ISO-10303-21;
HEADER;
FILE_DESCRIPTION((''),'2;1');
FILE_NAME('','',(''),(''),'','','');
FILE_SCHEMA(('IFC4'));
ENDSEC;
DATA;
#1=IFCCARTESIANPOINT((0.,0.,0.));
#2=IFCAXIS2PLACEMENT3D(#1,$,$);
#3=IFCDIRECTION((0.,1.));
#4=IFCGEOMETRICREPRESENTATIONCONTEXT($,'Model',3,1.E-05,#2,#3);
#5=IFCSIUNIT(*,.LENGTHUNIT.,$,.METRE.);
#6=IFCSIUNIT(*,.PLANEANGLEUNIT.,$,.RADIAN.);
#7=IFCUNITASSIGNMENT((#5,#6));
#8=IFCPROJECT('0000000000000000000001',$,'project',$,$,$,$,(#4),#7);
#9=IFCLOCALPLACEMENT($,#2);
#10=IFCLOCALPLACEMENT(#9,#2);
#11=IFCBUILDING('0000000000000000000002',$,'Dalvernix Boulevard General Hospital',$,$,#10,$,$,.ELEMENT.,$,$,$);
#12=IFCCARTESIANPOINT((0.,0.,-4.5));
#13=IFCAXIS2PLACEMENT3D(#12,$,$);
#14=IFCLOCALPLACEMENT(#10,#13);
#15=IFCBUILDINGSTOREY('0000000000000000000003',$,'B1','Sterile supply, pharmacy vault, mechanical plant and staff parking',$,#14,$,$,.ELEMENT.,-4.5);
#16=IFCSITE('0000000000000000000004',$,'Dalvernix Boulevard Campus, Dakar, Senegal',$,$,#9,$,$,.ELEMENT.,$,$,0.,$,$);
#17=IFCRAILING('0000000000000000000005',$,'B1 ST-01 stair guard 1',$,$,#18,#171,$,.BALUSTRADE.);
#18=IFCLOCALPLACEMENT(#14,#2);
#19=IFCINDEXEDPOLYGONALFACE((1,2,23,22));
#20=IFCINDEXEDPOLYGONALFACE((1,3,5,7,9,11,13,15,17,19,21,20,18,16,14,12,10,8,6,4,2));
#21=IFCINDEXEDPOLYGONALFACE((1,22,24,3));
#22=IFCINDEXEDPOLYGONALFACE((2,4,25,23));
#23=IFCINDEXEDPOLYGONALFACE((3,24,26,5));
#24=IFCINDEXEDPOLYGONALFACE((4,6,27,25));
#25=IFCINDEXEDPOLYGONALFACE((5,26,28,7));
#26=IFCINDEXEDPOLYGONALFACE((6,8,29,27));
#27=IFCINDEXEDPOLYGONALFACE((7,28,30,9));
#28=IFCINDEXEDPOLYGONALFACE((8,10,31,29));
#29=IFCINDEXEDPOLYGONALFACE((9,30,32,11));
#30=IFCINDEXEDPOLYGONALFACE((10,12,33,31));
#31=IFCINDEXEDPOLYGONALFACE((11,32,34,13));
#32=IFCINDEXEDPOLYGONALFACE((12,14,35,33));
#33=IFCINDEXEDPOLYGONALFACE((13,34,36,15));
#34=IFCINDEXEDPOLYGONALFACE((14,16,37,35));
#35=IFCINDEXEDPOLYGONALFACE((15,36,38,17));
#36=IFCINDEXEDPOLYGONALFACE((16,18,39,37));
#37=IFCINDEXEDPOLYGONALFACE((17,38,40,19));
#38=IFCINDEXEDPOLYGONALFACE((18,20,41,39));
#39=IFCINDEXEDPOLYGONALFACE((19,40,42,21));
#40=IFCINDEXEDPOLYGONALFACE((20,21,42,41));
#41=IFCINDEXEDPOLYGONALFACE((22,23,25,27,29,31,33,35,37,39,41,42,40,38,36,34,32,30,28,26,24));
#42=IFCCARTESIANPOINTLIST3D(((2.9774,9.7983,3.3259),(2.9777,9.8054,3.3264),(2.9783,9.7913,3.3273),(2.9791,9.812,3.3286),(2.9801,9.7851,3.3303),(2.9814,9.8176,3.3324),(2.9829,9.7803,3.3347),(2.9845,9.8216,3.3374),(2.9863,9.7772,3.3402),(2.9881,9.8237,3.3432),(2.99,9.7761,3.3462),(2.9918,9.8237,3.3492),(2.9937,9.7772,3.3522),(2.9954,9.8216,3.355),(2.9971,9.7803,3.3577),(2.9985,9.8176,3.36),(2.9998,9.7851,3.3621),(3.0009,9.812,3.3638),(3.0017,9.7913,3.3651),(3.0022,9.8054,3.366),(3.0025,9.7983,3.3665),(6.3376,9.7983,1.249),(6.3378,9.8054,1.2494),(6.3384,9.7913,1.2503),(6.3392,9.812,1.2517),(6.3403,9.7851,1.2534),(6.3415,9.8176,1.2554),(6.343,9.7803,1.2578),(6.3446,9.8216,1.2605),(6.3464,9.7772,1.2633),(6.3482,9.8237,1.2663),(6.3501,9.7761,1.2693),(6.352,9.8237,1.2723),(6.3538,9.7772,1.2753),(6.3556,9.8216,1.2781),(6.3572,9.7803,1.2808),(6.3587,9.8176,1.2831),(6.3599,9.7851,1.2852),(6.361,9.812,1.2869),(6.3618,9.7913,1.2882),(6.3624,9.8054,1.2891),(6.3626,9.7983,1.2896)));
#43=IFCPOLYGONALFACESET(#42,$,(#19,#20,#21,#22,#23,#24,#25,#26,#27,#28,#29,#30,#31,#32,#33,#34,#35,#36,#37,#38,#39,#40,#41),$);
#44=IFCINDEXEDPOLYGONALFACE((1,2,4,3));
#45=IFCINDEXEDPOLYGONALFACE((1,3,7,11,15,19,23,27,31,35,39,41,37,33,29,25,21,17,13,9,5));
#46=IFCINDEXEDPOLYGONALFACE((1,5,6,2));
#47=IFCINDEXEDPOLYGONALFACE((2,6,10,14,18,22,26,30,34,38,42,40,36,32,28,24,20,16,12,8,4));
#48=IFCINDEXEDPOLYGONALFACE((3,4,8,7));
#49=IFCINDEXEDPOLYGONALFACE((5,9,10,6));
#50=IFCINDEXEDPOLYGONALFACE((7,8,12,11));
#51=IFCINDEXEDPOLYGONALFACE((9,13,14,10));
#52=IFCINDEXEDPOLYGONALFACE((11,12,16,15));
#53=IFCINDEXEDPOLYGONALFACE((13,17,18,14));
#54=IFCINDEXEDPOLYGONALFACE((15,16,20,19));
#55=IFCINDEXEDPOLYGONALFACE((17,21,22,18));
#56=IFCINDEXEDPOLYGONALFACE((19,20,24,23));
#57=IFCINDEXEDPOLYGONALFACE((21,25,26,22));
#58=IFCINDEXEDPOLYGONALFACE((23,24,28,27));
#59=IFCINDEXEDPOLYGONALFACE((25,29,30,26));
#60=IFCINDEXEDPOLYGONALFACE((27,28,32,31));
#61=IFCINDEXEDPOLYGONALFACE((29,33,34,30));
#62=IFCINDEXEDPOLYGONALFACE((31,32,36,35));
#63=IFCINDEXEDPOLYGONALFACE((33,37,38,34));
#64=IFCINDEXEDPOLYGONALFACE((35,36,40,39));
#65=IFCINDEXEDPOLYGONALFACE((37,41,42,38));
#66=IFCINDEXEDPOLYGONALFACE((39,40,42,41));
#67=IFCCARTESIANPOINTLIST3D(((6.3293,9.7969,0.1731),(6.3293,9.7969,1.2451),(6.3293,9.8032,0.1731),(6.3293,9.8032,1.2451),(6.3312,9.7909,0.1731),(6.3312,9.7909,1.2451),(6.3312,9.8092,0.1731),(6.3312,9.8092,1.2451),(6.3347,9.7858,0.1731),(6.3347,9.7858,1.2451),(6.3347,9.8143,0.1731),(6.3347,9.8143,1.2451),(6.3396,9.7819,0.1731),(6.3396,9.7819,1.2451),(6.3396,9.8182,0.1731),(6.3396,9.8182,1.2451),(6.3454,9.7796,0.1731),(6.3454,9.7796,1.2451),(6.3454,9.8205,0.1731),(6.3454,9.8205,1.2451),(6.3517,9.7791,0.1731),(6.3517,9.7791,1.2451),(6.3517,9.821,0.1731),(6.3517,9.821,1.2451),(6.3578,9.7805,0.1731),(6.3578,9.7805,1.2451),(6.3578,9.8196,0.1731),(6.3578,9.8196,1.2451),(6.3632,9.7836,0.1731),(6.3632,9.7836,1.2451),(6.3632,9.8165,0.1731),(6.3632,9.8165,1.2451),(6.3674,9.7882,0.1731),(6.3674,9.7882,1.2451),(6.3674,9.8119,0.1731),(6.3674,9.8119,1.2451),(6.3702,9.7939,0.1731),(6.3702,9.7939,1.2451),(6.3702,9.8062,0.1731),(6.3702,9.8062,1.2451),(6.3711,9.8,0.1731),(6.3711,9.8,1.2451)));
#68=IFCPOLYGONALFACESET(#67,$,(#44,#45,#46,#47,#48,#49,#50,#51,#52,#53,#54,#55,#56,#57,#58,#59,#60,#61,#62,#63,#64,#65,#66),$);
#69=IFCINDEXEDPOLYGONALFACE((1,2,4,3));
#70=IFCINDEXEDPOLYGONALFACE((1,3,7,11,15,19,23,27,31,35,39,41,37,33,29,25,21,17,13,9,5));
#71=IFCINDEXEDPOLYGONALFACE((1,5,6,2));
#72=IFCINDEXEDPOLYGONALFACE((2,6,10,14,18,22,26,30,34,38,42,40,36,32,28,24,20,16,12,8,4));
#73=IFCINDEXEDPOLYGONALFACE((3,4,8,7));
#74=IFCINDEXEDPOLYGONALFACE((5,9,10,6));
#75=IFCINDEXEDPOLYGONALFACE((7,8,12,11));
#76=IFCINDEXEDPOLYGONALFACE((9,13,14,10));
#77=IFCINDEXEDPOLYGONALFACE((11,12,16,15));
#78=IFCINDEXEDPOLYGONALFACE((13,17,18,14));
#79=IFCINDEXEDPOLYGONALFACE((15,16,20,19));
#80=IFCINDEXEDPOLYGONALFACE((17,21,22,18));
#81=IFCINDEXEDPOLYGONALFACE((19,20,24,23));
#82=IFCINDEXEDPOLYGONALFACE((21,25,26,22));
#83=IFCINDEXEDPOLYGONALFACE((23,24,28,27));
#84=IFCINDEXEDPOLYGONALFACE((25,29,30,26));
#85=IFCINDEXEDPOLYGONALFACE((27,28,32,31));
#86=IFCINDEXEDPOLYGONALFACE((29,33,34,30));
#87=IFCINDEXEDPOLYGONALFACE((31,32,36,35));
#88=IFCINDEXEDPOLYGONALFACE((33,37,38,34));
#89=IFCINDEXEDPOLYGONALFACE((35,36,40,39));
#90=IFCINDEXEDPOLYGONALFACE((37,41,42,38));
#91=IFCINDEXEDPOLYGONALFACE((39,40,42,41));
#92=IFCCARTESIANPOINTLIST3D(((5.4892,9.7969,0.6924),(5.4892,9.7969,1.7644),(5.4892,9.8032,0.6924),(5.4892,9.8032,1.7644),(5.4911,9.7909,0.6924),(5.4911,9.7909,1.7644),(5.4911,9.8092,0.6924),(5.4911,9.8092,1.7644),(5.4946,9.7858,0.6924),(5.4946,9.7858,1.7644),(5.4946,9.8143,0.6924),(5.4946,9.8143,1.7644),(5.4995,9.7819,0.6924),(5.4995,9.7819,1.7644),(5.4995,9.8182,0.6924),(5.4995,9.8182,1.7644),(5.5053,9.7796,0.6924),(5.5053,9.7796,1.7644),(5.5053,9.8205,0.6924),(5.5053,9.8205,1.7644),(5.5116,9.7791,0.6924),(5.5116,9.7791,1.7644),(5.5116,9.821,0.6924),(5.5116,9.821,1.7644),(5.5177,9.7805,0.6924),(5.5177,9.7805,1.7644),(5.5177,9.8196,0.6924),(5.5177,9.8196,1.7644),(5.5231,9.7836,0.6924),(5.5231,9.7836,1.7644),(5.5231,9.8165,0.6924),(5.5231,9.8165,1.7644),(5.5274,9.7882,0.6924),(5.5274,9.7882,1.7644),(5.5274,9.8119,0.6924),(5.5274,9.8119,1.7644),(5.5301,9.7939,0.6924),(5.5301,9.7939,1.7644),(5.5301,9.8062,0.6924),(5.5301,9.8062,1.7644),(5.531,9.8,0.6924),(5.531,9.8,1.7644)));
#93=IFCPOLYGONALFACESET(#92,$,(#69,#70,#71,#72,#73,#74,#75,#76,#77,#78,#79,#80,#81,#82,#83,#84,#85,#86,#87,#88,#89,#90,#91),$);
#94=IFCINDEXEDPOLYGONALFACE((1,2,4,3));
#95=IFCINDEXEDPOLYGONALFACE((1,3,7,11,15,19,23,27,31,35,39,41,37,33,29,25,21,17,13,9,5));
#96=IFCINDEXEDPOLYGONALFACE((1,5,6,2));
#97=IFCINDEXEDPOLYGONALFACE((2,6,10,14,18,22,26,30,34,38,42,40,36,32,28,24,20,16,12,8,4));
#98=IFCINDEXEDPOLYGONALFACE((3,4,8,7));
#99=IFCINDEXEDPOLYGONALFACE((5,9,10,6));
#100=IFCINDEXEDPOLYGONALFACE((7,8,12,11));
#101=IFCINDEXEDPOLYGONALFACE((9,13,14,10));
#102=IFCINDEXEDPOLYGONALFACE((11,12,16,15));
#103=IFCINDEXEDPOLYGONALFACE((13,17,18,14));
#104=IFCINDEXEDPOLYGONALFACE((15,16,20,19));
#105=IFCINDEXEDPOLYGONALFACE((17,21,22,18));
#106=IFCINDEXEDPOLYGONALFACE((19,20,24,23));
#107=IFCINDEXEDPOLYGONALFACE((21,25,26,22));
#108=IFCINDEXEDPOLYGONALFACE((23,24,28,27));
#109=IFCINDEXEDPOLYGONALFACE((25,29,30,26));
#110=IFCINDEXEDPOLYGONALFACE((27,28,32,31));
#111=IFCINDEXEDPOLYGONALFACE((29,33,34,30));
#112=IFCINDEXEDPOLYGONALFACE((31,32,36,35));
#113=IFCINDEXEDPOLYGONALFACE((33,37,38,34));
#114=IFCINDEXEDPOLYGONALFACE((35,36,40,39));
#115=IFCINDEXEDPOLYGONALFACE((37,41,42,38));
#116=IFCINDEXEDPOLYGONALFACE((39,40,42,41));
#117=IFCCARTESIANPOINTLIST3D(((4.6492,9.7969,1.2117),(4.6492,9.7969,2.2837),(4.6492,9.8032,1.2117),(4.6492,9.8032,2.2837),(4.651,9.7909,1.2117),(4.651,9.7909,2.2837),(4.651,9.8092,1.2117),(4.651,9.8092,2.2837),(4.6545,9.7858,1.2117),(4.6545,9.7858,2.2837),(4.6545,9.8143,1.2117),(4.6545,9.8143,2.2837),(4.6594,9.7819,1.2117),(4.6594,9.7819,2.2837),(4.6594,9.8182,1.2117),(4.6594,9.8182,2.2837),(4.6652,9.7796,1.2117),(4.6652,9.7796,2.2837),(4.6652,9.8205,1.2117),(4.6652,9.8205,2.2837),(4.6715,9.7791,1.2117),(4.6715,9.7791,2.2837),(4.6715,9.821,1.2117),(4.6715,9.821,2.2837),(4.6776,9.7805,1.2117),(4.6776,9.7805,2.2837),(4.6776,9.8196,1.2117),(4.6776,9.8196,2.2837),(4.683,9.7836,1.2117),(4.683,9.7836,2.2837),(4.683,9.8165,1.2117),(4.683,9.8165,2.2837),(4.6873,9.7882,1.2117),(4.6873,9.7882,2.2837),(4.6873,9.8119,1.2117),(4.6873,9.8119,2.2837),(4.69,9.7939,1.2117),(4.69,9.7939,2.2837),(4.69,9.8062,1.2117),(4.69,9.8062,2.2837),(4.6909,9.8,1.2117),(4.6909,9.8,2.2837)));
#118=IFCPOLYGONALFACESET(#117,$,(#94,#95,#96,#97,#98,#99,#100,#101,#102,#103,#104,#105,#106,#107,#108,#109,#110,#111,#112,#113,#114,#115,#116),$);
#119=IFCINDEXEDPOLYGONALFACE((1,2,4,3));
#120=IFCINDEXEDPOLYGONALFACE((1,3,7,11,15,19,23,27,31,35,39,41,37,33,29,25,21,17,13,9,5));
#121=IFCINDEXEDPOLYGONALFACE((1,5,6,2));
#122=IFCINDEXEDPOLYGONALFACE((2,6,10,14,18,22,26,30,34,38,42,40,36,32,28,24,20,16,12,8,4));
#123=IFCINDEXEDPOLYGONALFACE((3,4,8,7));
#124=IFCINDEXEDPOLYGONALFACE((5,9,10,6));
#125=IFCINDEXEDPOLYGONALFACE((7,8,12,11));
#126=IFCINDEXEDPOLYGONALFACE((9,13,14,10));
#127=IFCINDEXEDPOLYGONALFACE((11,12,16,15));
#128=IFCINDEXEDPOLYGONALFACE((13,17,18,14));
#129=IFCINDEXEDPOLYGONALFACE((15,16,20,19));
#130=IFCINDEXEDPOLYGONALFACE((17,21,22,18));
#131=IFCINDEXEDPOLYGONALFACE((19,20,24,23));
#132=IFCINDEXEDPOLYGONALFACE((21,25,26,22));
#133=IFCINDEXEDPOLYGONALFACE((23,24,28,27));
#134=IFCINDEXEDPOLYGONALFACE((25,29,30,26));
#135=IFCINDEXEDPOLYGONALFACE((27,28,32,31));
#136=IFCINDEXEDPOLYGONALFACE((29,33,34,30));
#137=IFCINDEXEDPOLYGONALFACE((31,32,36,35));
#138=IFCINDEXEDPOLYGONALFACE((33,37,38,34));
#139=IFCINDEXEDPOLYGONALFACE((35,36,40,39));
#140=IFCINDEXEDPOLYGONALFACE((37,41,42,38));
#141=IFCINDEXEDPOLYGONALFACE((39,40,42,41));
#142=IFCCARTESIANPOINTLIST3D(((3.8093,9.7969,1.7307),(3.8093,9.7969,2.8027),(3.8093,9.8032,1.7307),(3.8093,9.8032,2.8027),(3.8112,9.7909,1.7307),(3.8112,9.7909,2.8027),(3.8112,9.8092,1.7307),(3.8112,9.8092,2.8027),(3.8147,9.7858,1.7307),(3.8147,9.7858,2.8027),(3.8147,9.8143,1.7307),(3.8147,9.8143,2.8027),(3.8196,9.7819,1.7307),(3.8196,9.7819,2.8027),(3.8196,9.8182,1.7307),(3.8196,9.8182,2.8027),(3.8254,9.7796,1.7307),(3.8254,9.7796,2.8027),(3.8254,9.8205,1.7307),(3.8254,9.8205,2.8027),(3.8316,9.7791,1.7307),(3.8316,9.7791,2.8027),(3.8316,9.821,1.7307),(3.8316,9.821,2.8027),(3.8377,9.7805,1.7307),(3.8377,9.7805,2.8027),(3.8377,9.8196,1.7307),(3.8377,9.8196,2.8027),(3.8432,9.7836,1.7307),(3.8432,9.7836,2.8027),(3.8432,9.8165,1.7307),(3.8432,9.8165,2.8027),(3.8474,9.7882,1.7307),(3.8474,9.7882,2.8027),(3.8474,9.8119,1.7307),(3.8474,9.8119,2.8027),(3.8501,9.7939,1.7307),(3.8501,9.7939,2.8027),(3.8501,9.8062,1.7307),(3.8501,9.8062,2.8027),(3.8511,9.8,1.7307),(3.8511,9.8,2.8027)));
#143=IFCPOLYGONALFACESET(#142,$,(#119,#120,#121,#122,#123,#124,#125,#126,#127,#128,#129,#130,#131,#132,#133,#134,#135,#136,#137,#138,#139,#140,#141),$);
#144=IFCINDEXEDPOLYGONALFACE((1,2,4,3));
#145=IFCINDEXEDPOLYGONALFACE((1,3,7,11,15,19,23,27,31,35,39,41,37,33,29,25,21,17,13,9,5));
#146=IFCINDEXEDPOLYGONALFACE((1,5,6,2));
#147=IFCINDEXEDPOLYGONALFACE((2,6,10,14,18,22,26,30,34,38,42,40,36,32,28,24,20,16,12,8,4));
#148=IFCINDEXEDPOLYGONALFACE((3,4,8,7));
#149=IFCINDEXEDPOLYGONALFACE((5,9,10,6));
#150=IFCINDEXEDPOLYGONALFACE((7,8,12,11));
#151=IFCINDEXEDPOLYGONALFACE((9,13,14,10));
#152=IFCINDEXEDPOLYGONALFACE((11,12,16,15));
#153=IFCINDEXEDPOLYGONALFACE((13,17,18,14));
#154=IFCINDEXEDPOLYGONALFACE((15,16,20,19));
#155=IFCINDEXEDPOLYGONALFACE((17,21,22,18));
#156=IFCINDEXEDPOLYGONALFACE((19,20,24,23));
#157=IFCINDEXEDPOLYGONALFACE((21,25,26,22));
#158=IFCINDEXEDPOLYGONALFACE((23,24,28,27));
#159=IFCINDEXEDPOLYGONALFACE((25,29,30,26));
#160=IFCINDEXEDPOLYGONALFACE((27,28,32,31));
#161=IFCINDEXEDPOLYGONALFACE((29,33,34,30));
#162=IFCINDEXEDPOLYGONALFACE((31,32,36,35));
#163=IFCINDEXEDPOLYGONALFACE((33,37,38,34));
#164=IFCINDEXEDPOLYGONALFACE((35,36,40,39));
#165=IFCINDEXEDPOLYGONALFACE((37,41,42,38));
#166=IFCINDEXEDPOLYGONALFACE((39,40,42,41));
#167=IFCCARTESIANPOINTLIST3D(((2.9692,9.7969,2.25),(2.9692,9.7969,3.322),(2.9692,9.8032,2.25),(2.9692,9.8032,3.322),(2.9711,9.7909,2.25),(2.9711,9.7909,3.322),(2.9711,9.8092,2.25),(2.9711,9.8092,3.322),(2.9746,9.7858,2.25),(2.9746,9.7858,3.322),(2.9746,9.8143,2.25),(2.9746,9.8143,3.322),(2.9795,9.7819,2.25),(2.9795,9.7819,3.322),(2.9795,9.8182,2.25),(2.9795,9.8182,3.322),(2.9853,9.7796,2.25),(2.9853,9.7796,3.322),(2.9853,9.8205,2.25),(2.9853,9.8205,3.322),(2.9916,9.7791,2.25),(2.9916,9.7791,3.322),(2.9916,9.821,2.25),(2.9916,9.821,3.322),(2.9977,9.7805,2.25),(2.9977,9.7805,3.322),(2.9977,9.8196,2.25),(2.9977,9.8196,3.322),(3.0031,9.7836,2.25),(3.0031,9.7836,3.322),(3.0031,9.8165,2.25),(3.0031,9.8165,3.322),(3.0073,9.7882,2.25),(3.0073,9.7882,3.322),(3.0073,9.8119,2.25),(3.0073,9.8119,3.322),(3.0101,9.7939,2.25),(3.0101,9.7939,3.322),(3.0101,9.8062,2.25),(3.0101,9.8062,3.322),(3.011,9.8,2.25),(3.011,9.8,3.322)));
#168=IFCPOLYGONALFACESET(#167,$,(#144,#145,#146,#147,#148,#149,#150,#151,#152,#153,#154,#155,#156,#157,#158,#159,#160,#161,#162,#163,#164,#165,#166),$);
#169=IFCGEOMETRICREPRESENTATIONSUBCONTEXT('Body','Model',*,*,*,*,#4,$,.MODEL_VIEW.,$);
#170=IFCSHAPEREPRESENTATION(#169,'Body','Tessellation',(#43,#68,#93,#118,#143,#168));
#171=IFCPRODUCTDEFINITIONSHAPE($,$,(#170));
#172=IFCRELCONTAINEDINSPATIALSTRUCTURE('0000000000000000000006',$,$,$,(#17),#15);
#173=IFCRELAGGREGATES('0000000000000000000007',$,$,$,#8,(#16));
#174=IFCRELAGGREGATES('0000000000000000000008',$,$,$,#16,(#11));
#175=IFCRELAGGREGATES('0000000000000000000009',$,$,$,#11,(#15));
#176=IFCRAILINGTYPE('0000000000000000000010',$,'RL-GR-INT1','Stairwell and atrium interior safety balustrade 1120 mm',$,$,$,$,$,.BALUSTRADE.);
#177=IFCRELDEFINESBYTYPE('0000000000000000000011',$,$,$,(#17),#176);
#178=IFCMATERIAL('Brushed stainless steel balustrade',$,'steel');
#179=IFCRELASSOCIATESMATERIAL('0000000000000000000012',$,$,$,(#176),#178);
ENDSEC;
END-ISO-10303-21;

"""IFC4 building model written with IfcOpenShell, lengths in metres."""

from ifc_helpers import new_model, si_unit, direction, frame, origin, origin_2d, place, context, subcontext, project, spatial, circle, extrude, material, type_object, element, save


model = new_model("IFC4")

# Units and contexts
model_context = context("Model", 3, precision=1e-05, world=origin(), true_north=direction((0.0, 1.0)))
body_context = subcontext(model_context, "Body", "Model", "MODEL_VIEW")
ifc_project = project(units=[si_unit("LENGTHUNIT", "METRE"), si_unit("PLANEANGLEUNIT", "RADIAN")], contexts=[model_context])

# Site, building, storey
site_placement = place(None, origin())
site = spatial("IfcSite", under=ifc_project, at=site_placement, Name="Dalvernix Boulevard Campus, Dakar, Senegal", CompositionType="ELEMENT", RefElevation=0.0)
building_placement = place(site_placement, origin())
building = spatial("IfcBuilding", under=site, at=building_placement, Name="Dalvernix Boulevard General Hospital", CompositionType="ELEMENT")
storey_placement = place(building_placement, frame((0.0, 0.0, -4.5)))
storey = spatial("IfcBuildingStorey", under=building, at=storey_placement, Name="B1", Description="Sterile supply, pharmacy vault, mechanical plant and staff parking", CompositionType="ELEMENT", Elevation=-4.5)

# Railing
ifc_material_1 = material(Name="Brushed stainless steel balustrade", Category="steel")
railing_type_1 = type_object("IfcRailingType", Name="RL-GR-INT1", Description="Stairwell and atrium interior safety balustrade 1120 mm", PredefinedType="BALUSTRADE", material=ifc_material_1)
railing_1_placement = place(storey_placement, frame((6.3501, 9.8, 0.1731)))
element("IfcRailing", 1, at=railing_1_placement, inside=storey, type_object=railing_type_1, Name="B1 ST-01 stair guard 1", PredefinedType="BALUSTRADE", context=body_context, shape_type="SweptSolid", body=[
    extrude(circle(Radius=0.0239, at=origin_2d()), frame((0.0, 0.0, 1.0962), z_axis=(-0.850623, 0.0, 0.525776), x_axis=(0.0, -1.0, 0.0)), (0.0, 0.0, 1.0), 3.9502),
    extrude(circle(Radius=0.021, at=origin_2d()), origin(), (0.0, 0.0, 1.0), 1.072),
    extrude(circle(Radius=0.021, at=origin_2d()), frame((-0.8401, 0.0, 0.5193)), (0.0, 0.0, 1.0), 1.072),
    extrude(circle(Radius=0.021, at=origin_2d()), frame((-1.6802, 0.0, 1.0386)), (0.0, 0.0, 1.0), 1.072),
    extrude(circle(Radius=0.021, at=origin_2d()), frame((-2.52, 0.0, 1.5576)), (0.0, 0.0, 1.0), 1.072),
    extrude(circle(Radius=0.021, at=origin_2d()), frame((-3.3601, 0.0, 2.0769)), (0.0, 0.0, 1.0), 1.072),
])

save(model, "model.ifc")
